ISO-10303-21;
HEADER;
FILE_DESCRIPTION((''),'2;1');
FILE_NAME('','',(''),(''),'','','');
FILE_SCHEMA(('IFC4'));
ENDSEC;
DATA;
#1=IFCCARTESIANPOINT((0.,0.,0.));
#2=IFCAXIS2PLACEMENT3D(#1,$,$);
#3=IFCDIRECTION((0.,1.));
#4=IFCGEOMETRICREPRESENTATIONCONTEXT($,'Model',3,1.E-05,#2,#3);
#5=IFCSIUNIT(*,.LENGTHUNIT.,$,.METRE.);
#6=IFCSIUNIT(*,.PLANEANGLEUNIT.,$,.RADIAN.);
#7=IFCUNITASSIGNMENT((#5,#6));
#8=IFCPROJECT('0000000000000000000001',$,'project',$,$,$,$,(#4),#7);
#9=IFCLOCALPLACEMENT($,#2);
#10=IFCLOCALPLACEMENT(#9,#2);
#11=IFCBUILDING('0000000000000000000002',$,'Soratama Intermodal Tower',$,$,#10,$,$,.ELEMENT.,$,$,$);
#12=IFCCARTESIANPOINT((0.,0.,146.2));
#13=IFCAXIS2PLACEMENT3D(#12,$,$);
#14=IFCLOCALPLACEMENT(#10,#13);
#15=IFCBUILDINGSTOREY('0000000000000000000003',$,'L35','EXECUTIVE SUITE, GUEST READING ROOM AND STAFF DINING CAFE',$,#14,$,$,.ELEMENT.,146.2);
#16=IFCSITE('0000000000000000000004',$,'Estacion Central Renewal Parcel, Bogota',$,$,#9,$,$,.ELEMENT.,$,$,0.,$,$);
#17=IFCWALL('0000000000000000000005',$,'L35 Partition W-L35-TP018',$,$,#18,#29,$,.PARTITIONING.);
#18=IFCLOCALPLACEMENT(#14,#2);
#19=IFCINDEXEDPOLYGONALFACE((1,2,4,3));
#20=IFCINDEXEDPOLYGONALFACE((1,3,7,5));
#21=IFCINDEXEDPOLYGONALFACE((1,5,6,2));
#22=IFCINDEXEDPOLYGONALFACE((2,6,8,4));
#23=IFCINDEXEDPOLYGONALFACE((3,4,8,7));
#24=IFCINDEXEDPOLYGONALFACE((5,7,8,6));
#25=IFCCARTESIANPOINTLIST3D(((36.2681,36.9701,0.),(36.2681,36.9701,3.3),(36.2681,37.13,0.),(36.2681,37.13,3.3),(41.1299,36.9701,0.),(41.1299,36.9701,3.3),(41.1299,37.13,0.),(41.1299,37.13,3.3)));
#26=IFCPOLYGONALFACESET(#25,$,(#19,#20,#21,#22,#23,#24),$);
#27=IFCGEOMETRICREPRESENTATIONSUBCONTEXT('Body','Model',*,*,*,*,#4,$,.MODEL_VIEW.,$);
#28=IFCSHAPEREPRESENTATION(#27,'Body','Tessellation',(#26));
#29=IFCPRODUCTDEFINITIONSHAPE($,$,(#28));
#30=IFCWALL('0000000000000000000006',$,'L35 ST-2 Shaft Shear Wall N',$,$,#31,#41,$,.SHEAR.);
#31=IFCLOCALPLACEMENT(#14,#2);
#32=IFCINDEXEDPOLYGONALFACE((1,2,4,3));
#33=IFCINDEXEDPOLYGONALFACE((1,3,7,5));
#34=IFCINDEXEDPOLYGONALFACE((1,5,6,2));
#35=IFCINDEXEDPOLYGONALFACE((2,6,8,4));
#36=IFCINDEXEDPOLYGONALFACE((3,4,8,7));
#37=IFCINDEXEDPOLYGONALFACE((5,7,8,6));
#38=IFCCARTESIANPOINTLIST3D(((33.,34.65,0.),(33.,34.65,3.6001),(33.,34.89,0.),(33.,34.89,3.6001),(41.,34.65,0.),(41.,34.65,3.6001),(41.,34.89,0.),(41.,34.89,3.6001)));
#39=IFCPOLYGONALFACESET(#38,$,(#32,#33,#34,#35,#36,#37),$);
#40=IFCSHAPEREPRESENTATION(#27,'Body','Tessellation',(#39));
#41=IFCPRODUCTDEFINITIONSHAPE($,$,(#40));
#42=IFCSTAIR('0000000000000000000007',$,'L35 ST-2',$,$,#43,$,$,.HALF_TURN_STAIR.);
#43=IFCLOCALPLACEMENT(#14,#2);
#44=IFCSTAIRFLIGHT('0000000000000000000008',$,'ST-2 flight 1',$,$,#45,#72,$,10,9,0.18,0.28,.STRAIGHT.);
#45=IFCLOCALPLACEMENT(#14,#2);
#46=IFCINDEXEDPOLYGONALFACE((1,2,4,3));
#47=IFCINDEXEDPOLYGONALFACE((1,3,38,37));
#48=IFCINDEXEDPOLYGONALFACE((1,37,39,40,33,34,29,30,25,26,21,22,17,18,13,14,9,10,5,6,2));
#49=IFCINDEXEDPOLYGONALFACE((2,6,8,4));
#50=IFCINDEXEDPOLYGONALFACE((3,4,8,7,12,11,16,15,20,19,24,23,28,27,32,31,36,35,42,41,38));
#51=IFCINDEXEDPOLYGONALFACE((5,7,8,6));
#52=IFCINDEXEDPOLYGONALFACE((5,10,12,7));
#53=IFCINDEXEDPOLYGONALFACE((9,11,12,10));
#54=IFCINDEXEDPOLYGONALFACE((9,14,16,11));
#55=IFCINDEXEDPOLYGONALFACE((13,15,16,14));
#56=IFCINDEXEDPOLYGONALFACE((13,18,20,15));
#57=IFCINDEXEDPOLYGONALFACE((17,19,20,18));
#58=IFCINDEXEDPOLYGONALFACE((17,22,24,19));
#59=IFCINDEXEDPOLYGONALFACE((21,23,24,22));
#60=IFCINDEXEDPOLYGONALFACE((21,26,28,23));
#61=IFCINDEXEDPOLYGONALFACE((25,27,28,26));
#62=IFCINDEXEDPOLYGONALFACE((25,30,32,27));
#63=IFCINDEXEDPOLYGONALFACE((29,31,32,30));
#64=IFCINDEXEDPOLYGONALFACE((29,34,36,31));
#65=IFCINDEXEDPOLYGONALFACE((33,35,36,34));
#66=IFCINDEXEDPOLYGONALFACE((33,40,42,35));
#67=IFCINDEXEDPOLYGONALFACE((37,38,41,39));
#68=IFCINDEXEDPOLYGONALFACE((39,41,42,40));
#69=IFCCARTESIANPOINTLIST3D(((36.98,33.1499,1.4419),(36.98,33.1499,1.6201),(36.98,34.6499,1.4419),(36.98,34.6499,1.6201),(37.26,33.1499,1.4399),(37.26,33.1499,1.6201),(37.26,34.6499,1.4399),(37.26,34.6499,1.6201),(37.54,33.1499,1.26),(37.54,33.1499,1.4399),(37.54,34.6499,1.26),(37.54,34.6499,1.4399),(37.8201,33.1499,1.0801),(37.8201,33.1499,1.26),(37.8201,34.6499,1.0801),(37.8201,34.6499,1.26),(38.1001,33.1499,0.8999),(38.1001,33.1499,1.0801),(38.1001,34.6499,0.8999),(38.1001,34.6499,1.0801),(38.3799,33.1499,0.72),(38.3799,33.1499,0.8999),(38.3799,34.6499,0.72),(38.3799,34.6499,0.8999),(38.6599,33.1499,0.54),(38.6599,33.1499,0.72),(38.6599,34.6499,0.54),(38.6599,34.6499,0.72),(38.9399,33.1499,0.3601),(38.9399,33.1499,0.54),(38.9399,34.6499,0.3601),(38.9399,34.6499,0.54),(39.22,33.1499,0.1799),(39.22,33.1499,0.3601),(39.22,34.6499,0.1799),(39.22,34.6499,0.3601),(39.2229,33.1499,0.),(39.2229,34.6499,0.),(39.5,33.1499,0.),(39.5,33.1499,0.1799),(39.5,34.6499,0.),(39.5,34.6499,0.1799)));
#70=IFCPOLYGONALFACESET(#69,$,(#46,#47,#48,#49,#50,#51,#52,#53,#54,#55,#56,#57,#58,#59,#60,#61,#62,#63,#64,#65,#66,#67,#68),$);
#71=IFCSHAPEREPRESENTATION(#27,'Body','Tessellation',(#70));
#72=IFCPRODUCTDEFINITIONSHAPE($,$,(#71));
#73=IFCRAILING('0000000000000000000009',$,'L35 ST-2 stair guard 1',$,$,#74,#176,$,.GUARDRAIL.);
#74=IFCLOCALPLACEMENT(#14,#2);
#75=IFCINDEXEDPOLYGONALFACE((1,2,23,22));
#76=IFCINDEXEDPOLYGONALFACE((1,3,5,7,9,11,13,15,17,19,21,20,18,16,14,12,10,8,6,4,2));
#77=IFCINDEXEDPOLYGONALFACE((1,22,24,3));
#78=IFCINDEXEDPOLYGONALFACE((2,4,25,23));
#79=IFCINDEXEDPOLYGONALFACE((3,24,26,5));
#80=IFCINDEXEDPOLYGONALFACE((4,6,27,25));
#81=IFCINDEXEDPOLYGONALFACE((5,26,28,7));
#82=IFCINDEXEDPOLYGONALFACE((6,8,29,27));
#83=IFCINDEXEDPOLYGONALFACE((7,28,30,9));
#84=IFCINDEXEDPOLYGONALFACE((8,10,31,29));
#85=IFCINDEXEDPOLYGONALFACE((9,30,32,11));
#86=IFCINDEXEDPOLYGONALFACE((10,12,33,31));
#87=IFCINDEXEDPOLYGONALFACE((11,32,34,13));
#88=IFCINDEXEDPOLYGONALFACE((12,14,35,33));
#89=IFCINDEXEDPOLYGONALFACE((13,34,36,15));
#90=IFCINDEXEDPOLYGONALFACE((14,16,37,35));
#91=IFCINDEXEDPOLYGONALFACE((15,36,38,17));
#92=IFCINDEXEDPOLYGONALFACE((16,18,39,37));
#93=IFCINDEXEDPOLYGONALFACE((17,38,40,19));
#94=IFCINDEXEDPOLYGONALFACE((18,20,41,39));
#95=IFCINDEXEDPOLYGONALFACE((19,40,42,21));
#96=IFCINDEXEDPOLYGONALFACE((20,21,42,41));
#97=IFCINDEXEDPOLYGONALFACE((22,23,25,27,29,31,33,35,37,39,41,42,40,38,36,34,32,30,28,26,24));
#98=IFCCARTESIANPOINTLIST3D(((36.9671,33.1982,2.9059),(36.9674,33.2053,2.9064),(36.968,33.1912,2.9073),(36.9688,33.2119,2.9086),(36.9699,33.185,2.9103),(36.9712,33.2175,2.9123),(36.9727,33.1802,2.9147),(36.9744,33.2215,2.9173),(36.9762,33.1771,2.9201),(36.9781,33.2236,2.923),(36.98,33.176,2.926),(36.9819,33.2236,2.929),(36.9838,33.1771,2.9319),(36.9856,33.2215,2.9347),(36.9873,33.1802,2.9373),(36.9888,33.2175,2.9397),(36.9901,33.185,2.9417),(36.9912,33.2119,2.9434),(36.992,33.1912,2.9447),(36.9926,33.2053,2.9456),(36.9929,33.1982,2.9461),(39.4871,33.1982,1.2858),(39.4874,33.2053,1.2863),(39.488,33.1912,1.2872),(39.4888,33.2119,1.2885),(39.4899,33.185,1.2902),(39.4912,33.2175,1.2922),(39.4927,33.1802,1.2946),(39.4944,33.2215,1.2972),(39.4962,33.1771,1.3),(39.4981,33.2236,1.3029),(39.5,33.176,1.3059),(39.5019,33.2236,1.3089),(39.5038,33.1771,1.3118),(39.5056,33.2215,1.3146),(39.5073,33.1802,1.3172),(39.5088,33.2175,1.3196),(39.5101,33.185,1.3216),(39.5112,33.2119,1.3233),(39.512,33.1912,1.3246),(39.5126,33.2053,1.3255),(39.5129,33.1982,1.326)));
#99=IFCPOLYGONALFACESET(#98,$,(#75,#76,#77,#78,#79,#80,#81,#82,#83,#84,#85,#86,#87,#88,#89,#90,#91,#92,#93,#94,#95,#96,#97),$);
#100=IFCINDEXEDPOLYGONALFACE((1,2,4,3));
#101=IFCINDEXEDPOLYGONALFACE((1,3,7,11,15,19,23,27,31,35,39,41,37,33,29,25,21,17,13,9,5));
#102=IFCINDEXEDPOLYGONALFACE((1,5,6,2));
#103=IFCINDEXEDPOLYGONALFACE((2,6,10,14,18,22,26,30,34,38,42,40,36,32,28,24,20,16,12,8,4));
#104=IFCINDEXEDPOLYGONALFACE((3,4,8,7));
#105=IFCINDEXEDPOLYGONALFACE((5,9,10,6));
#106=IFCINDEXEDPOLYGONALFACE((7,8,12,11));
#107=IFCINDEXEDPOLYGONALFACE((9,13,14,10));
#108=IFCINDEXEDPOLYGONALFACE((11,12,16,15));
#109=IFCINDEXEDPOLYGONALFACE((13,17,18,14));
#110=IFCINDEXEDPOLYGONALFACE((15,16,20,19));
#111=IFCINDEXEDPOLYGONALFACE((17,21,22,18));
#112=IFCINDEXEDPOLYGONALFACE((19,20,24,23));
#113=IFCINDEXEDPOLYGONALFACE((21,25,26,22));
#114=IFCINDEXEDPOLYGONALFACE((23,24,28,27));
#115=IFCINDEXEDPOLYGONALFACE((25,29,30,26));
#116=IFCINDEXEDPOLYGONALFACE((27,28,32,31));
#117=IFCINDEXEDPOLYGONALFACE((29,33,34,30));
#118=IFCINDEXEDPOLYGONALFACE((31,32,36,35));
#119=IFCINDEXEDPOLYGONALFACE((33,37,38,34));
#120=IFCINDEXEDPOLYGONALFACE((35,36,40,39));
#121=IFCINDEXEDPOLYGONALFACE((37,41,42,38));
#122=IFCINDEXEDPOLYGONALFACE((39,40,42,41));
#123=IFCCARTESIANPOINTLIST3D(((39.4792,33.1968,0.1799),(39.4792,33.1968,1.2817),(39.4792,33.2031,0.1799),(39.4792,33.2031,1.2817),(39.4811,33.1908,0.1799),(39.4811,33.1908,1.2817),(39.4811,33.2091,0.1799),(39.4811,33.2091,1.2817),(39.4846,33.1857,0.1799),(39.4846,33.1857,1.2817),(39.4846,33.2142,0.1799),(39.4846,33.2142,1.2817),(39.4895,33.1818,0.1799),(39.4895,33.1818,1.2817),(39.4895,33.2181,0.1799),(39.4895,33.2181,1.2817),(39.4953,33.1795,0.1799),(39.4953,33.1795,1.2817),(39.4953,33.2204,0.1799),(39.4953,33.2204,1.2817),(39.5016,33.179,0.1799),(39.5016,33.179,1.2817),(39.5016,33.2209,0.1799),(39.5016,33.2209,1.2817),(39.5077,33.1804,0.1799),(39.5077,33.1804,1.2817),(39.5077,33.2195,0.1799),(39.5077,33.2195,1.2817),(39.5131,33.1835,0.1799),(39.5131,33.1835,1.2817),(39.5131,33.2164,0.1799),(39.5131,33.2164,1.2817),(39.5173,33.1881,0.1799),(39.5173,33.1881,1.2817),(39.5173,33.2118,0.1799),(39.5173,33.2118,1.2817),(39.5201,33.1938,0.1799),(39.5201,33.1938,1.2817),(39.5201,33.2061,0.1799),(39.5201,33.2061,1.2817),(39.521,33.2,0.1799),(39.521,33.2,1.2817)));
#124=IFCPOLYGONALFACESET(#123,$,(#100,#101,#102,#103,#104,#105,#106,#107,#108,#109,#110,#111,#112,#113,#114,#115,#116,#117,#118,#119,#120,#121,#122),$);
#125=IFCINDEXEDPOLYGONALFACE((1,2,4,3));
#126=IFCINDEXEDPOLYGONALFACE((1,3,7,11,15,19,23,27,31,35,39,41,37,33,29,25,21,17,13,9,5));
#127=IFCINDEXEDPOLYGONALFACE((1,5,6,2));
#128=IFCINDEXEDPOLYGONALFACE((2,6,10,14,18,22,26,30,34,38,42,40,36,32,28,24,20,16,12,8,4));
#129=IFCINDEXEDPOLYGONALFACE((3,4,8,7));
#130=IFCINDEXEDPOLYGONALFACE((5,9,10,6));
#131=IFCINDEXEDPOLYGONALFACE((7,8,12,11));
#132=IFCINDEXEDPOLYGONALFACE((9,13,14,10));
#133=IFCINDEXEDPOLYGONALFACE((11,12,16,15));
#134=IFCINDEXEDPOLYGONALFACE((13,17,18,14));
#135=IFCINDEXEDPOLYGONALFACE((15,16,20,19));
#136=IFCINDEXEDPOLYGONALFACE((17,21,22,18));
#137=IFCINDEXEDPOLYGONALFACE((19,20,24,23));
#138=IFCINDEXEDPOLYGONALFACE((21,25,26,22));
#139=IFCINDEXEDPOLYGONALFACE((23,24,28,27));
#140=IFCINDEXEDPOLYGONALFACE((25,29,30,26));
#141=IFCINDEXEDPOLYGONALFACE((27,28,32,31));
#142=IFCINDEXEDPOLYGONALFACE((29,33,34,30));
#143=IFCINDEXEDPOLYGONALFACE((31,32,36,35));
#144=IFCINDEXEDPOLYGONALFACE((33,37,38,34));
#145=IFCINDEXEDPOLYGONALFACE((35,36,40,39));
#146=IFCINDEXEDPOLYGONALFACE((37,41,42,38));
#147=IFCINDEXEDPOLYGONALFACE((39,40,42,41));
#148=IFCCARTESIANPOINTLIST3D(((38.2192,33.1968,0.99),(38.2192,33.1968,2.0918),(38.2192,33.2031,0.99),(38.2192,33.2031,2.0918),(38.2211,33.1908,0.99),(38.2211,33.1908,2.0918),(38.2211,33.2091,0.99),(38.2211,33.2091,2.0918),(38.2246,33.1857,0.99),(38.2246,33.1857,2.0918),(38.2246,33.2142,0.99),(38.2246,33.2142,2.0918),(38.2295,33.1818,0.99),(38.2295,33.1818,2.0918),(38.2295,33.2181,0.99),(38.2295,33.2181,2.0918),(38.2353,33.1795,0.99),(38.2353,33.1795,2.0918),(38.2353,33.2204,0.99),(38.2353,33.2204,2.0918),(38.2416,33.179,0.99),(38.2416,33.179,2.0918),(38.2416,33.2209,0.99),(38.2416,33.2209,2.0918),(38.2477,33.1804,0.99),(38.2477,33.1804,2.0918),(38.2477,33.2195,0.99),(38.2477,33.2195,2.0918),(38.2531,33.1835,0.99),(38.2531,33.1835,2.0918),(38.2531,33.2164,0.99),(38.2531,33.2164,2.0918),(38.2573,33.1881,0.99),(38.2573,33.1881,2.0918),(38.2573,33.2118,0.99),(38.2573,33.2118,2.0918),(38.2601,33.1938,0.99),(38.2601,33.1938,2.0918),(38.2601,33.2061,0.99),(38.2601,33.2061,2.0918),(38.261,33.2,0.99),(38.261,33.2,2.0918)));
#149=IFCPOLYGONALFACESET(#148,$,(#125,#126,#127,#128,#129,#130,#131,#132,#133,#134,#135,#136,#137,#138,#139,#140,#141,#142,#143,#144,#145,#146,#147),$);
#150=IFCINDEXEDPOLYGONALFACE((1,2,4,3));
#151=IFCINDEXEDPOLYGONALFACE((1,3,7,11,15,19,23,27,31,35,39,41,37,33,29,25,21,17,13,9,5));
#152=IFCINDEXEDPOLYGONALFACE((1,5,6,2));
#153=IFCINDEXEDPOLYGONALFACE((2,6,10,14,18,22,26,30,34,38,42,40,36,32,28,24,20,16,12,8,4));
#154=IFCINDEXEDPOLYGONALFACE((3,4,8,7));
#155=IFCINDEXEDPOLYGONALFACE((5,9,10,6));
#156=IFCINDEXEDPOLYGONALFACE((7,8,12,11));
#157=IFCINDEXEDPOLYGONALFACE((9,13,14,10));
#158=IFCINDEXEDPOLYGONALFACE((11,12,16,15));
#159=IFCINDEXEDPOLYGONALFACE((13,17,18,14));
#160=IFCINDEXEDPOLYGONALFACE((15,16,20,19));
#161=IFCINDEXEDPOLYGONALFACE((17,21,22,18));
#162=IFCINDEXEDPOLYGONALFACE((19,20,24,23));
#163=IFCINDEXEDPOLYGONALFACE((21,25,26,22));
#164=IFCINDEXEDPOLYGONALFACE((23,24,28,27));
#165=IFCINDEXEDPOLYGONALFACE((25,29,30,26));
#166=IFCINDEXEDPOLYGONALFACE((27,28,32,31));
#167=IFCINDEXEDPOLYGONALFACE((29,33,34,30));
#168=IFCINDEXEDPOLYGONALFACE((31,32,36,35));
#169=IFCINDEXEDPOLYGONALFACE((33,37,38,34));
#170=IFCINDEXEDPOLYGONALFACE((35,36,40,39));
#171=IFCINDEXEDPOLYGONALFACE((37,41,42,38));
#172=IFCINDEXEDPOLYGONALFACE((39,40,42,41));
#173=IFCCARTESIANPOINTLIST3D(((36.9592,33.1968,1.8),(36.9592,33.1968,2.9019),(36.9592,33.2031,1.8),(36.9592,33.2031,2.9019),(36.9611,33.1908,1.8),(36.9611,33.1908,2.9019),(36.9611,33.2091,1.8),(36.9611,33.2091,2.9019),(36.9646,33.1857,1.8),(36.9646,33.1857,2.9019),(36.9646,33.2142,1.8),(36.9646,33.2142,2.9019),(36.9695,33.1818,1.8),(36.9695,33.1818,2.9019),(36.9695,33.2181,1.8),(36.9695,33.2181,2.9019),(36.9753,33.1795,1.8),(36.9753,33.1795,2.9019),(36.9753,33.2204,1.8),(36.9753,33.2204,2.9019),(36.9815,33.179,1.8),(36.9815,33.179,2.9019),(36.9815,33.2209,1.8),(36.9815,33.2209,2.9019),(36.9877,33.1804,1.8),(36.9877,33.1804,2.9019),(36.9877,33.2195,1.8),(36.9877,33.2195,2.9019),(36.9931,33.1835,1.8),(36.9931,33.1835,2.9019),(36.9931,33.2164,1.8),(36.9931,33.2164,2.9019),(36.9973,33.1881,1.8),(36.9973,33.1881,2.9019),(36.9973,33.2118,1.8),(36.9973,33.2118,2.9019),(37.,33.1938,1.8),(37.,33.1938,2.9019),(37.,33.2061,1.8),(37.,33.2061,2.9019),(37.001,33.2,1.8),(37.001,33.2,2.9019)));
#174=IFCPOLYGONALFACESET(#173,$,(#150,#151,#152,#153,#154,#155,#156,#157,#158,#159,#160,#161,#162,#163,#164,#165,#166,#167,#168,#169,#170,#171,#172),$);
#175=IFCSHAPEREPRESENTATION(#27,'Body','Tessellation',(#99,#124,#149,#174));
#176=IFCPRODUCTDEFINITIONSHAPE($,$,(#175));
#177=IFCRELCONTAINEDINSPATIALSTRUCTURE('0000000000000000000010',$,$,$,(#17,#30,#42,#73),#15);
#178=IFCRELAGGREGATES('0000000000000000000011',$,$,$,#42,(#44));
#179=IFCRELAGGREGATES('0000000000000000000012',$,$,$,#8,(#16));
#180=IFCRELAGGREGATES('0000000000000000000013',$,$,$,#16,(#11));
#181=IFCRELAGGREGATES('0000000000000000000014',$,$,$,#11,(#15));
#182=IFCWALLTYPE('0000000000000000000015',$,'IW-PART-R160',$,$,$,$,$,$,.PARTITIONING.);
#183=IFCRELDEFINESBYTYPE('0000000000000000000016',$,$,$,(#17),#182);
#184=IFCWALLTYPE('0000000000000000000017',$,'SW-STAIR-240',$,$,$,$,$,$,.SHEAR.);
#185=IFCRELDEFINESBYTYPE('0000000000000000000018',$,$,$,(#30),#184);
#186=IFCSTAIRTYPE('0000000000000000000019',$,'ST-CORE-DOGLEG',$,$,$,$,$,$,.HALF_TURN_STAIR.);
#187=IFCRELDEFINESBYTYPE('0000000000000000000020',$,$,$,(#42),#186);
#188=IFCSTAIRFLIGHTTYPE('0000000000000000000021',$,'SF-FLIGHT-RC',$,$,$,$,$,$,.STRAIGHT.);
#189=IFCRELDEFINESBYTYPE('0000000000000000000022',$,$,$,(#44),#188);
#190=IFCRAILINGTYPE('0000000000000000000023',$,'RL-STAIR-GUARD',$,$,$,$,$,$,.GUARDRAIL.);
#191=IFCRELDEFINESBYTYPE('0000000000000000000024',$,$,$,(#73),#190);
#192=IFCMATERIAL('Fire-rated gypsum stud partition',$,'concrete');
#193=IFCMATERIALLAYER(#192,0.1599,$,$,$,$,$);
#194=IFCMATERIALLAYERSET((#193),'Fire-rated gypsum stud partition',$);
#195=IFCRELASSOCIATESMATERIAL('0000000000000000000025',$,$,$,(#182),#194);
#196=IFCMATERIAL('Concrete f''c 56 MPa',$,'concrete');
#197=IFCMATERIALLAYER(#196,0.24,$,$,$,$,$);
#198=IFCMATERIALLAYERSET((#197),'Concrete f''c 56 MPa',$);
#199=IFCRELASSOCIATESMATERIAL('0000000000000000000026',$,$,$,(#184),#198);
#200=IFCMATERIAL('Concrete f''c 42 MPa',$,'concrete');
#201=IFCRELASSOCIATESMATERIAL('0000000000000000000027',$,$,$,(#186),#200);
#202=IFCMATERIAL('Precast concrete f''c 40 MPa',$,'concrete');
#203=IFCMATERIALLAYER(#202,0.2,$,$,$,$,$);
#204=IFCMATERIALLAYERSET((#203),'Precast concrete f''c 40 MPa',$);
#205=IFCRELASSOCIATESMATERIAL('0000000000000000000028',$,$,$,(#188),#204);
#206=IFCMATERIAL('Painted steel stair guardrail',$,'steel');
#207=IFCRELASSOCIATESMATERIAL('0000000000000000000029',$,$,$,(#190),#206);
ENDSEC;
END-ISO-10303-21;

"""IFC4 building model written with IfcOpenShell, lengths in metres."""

from ifc_helpers import new_model, si_unit, direction, frame, frame_2d, origin, origin_2d, place, context, subcontext, project, spatial, polyline, rectangle, circle, outline, extrude, material, layer, layer_set, type_object, element, aggregate, save


model = new_model("IFC4")

# Units and contexts
model_context = context("Model", 3, precision=1e-05, world=origin(), true_north=direction((0.0, 1.0)))
body_context = subcontext(model_context, "Body", "Model", "MODEL_VIEW")
ifc_project = project(units=[si_unit("LENGTHUNIT", "METRE"), si_unit("PLANEANGLEUNIT", "RADIAN")], contexts=[model_context])

# Site, building, storey
site_placement = place(None, origin())
site = spatial("IfcSite", under=ifc_project, at=site_placement, Name="Estacion Central Renewal Parcel, Bogota", CompositionType="ELEMENT", RefElevation=0.0)
building_placement = place(site_placement, origin())
building = spatial("IfcBuilding", under=site, at=building_placement, Name="Soratama Intermodal Tower", CompositionType="ELEMENT")
storey_placement = place(building_placement, frame((0.0, 0.0, 146.2)))
storey = spatial("IfcBuildingStorey", under=building, at=storey_placement, Name="L35", Description="EXECUTIVE SUITE, GUEST READING ROOM AND STAFF DINING CAFE", CompositionType="ELEMENT", Elevation=146.2)

# Walls
ifc_material_1 = material(Name="Fire-rated gypsum stud partition", Category="concrete")
ifc_layer_1 = layer(ifc_material_1, 0.1599)
ifc_layer_set_1 = layer_set([ifc_layer_1], Name="Fire-rated gypsum stud partition")
wall_type_1 = type_object("IfcWallType", Name="IW-PART-R160", PredefinedType="PARTITIONING", material=ifc_layer_set_1)
wall_1_placement = place(storey_placement, frame((36.2681, 37.05, 0.0), z_axis=(0.0, 0.0, 1.0), x_axis=(1.0, 0.0, 0.0)))
element("IfcWall", 1, at=wall_1_placement, inside=storey, type_object=wall_type_1, Name="L35 Partition W-L35-TP018", PredefinedType="PARTITIONING", context=body_context, shape_type="SweptSolid", body=[
    extrude(rectangle(XDim=4.8618, YDim=0.1599, at=frame_2d((2.4309, 0.0))), origin(), (0.0, 0.0, 1.0), 3.3),
])
ifc_material_2 = material(Name="Concrete f'c 56 MPa", Category="concrete")
ifc_layer_2 = layer(ifc_material_2, 0.24)
ifc_layer_set_2 = layer_set([ifc_layer_2], Name="Concrete f'c 56 MPa")
wall_type_2 = type_object("IfcWallType", Name="SW-STAIR-240", PredefinedType="SHEAR", material=ifc_layer_set_2)
wall_2_placement = place(storey_placement, frame((33.0, 34.77, 0.0), z_axis=(0.0, 0.0, 1.0), x_axis=(1.0, 0.0, 0.0)))
element("IfcWall", 2, at=wall_2_placement, inside=storey, type_object=wall_type_2, Name="L35 ST-2 Shaft Shear Wall N", PredefinedType="SHEAR", context=body_context, shape_type="SweptSolid", body=[
    extrude(rectangle(XDim=8.0, YDim=0.24, at=frame_2d((4.0, 0.0))), origin(), (0.0, 0.0, 1.0), 3.6001),
])

# Stair, stair flight
ifc_material_3 = material(Name="Concrete f'c 42 MPa", Category="concrete")
stair_type = type_object("IfcStairType", Name="ST-CORE-DOGLEG", PredefinedType="HALF_TURN_STAIR", material=ifc_material_3)
stair_placement = place(storey_placement, origin())
stair = element("IfcStair", 3, at=stair_placement, inside=storey, type_object=stair_type, Name="L35 ST-2", PredefinedType="HALF_TURN_STAIR")
ifc_material_4 = material(Name="Precast concrete f'c 40 MPa", Category="concrete")
ifc_layer_3 = layer(ifc_material_4, 0.2)
ifc_layer_set_3 = layer_set([ifc_layer_3], Name="Precast concrete f'c 40 MPa")
stair_flight_type = type_object("IfcStairFlightType", Name="SF-FLIGHT-RC", PredefinedType="STRAIGHT", material=ifc_layer_set_3)
stair_flight_placement = place(storey_placement, frame((39.5, 33.8999, 0.0), z_axis=(0.0, 0.0, 1.0), x_axis=(-1.0, 0.0, 0.0)))
stair_flight = element("IfcStairFlight", 4, at=stair_flight_placement, type_object=stair_flight_type, Name="ST-2 flight 1", NumberOfRisers=10, NumberOfTreads=9, PredefinedType="STRAIGHT", RiserHeight=0.18, TreadLength=0.28, context=body_context, shape_type="SweptSolid", body=[
    extrude(outline(polyline([(0.0, 0.0), (0.0, 0.1799), (0.28, 0.1799), (0.28, 0.3601), (0.5601, 0.3601), (0.5601, 0.54), (0.8401, 0.54), (0.8401, 0.72), (1.1201, 0.72), (1.1201, 0.8999), (1.3999, 0.8999), (1.3999, 1.0801), (1.6799, 1.0801), (1.6799, 1.26), (1.96, 1.26), (1.96, 1.4399), (2.24, 1.4399), (2.24, 1.6201), (2.52, 1.6201), (2.52, 1.8), (2.52, 1.4419), (0.2771, 0.0), (0.0, 0.0)])), frame((0.0, 0.75, 0.0), z_axis=(0.0, -1.0, 0.0), x_axis=(1.0, 0.0, 0.0)), (0.0, 0.0, 1.0), 1.5),
])
aggregate(stair, [stair_flight])

# Railing
ifc_material_5 = material(Name="Painted steel stair guardrail", Category="steel")
railing_type_1 = type_object("IfcRailingType", Name="RL-STAIR-GUARD", PredefinedType="GUARDRAIL", material=ifc_material_5)
railing_1_placement = place(storey_placement, frame((39.5, 33.2, 0.1799)))
element("IfcRailing", 5, at=railing_1_placement, inside=storey, type_object=railing_type_1, Name="L35 ST-2 stair guard 1", PredefinedType="GUARDRAIL", context=body_context, shape_type="SweptSolid", body=[
    extrude(circle(Radius=0.0239, at=origin_2d()), frame((0.0, 0.0, 1.126), z_axis=(-0.841163, 0.0, 0.540782), x_axis=(0.0, -1.0, 0.0)), (0.0, 0.0, 1.0), 2.9958),
    extrude(circle(Radius=0.021, at=origin_2d()), origin(), (0.0, 0.0, 1.0), 1.1018),
    extrude(circle(Radius=0.021, at=origin_2d()), frame((-1.26, 0.0, 0.8101)), (0.0, 0.0, 1.0), 1.1018),
    extrude(circle(Radius=0.021, at=origin_2d()), frame((-2.52, 0.0, 1.6201)), (0.0, 0.0, 1.0), 1.1018),
])

save(model, "model.ifc")
